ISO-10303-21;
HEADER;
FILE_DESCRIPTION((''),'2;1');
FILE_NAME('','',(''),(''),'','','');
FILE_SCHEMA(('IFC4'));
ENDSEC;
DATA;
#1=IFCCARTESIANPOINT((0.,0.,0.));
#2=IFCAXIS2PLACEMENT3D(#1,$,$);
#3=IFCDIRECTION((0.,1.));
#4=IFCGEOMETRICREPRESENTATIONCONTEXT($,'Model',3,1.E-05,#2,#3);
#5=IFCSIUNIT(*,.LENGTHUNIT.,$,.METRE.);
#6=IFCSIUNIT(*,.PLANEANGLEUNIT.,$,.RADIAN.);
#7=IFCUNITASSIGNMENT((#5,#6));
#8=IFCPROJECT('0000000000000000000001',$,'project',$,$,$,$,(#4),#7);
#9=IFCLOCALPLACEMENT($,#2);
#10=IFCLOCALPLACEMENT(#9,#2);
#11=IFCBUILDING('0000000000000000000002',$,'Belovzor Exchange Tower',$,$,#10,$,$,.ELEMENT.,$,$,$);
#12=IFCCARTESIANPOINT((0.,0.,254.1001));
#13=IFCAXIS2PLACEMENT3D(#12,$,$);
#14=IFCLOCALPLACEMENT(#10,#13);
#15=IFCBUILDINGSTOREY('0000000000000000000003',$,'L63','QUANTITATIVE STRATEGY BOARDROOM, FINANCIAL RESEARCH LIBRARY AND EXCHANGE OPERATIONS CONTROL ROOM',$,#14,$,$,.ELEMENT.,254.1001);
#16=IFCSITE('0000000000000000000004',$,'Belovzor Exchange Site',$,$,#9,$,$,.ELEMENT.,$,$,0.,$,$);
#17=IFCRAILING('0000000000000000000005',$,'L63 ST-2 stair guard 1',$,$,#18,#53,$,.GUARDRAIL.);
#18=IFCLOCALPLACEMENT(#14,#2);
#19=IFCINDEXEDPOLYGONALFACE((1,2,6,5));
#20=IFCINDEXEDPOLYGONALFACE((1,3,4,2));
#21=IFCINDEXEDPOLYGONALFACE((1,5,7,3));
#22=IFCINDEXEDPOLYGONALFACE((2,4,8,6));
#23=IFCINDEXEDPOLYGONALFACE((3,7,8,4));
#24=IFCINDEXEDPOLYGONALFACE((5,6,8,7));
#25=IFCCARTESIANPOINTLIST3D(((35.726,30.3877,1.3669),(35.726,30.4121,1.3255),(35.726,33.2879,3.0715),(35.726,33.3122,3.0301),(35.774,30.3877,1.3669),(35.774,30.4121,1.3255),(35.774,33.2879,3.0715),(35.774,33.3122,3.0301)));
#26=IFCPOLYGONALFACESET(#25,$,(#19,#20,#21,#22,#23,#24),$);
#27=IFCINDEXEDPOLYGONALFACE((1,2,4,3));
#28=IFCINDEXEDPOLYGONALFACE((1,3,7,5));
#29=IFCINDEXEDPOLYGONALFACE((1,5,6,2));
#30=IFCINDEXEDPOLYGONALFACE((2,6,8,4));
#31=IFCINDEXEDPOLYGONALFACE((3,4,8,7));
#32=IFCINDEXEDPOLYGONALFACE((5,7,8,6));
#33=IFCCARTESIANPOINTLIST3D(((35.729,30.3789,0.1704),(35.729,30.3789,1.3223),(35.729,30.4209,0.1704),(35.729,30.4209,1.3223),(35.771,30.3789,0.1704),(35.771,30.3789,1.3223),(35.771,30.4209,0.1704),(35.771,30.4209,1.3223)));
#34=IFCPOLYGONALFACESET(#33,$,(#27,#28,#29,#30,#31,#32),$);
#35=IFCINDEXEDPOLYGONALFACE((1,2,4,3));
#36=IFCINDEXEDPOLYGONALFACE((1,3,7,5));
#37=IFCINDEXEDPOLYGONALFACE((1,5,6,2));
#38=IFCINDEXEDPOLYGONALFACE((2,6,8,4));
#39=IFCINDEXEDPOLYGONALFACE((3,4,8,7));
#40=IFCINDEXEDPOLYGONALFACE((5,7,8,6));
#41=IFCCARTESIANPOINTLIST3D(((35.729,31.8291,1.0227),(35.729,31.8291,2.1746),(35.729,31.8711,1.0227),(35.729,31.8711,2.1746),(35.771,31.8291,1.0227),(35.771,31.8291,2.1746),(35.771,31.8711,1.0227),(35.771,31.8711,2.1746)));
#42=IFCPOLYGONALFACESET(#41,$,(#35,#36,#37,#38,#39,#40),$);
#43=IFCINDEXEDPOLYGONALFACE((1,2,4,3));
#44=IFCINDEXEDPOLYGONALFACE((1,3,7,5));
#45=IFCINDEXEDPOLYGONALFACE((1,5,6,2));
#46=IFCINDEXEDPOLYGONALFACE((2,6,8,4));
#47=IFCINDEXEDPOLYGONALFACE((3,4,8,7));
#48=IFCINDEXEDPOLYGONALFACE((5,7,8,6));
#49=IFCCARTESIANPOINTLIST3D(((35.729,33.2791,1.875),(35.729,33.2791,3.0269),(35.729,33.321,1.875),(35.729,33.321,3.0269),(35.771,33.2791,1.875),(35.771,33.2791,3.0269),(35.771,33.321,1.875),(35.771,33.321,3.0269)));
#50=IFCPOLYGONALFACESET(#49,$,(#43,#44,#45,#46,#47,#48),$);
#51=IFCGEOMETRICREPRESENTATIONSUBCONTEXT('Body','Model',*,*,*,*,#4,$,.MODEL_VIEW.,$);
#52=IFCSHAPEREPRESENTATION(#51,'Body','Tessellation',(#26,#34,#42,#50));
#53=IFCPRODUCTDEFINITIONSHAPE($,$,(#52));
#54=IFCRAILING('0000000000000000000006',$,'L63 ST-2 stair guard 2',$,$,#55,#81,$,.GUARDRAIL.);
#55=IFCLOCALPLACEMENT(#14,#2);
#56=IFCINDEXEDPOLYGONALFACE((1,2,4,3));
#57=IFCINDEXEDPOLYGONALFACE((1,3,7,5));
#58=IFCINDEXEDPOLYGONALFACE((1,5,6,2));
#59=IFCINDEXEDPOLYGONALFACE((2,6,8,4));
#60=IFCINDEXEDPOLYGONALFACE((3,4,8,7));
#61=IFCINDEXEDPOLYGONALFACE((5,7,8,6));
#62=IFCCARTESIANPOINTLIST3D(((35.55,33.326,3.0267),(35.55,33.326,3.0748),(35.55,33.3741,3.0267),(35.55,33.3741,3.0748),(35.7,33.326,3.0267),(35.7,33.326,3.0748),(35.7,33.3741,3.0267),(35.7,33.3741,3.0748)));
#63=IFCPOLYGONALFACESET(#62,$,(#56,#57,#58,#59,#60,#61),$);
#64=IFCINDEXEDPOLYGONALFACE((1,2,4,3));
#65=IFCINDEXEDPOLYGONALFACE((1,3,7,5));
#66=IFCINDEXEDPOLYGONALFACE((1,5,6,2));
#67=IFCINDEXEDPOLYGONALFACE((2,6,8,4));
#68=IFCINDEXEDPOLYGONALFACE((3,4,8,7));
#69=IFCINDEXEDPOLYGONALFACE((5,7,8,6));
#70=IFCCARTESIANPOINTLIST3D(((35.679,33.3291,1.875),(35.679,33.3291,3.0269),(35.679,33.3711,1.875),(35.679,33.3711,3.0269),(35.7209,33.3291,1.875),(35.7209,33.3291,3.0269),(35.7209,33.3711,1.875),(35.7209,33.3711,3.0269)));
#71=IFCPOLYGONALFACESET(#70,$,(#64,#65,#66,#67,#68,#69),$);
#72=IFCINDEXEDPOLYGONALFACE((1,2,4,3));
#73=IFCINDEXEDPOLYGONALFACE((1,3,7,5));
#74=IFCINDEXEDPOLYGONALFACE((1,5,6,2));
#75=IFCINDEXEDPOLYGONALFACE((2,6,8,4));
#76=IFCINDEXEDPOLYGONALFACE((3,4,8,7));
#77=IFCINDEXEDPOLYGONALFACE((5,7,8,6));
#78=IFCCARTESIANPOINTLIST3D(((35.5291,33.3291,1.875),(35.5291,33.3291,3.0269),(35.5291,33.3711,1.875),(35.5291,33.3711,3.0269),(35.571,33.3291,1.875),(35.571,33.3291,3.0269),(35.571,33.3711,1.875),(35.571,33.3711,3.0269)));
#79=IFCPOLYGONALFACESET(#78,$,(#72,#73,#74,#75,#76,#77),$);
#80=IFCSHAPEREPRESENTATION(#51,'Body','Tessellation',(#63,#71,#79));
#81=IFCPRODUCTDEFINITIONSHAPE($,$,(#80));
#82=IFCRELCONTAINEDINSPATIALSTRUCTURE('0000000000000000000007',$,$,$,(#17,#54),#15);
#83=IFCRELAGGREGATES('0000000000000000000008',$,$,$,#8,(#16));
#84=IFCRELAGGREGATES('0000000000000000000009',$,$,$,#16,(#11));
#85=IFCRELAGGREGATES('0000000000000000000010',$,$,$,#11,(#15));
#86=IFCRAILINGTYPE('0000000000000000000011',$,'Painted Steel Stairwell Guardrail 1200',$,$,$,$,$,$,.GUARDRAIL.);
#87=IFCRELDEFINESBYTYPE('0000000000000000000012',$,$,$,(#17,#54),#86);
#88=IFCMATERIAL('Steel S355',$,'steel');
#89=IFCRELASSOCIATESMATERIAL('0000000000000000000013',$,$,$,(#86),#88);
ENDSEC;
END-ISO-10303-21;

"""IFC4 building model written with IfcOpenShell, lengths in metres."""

from ifc_helpers import new_model, si_unit, direction, frame, origin, origin_2d, place, context, subcontext, project, spatial, rectangle, extrude, material, type_object, element, save


model = new_model("IFC4")

# Units and contexts
model_context = context("Model", 3, precision=1e-05, world=origin(), true_north=direction((0.0, 1.0)))
body_context = subcontext(model_context, "Body", "Model", "MODEL_VIEW")
ifc_project = project(units=[si_unit("LENGTHUNIT", "METRE"), si_unit("PLANEANGLEUNIT", "RADIAN")], contexts=[model_context])

# Site, building, storey
site_placement = place(None, origin())
site = spatial("IfcSite", under=ifc_project, at=site_placement, Name="Belovzor Exchange Site", CompositionType="ELEMENT", RefElevation=0.0)
building_placement = place(site_placement, origin())
building = spatial("IfcBuilding", under=site, at=building_placement, Name="Belovzor Exchange Tower", CompositionType="ELEMENT")
storey_placement = place(building_placement, frame((0.0, 0.0, 254.1001)))
storey = spatial("IfcBuildingStorey", under=building, at=storey_placement, Name="L63", Description="QUANTITATIVE STRATEGY BOARDROOM, FINANCIAL RESEARCH LIBRARY AND EXCHANGE OPERATIONS CONTROL ROOM", CompositionType="ELEMENT", Elevation=254.1001)

# Railings
ifc_material_1 = material(Name="Steel S355", Category="steel")
railing_type_1 = type_object("IfcRailingType", Name="Painted Steel Stairwell Guardrail 1200", PredefinedType="GUARDRAIL", material=ifc_material_1)
railing_1_placement = place(storey_placement, frame((35.75, 30.3999, 0.1704)))
element("IfcRailing", 1, at=railing_1_placement, inside=storey, type_object=railing_type_1, Name="L63 ST-2 stair guard 1", PredefinedType="GUARDRAIL", context=body_context, shape_type="SweptSolid", body=[
    extrude(rectangle(XDim=0.0481, YDim=0.0481, at=origin_2d()), frame((0.0, 0.0, 1.1758), z_axis=(0.0, 0.862113, 0.506716), x_axis=(-1.0, 0.0, 0.0)), (0.0, 0.0, 1.0), 3.364),
    extrude(rectangle(XDim=0.042, YDim=0.042, at=origin_2d()), origin(), (0.0, 0.0, 1.0), 1.1519),
    extrude(rectangle(XDim=0.042, YDim=0.042, at=origin_2d()), frame((0.0, 1.4502, 0.8523)), (0.0, 0.0, 1.0), 1.1519),
    extrude(rectangle(XDim=0.042, YDim=0.042, at=origin_2d()), frame((0.0, 2.9001, 1.7046)), (0.0, 0.0, 1.0), 1.1519),
])
railing_2_placement = place(storey_placement, frame((35.7, 33.3501, 1.875)))
element("IfcRailing", 2, at=railing_2_placement, inside=storey, type_object=railing_type_1, Name="L63 ST-2 stair guard 2", PredefinedType="GUARDRAIL", context=body_context, shape_type="SweptSolid", body=[
    extrude(rectangle(XDim=0.0481, YDim=0.0481, at=origin_2d()), frame((0.0, 0.0, 1.1758), z_axis=(-1.0, 0.0, 0.0), x_axis=(0.0, -1.0, 0.0)), (0.0, 0.0, 1.0), 0.1499),
    extrude(rectangle(XDim=0.042, YDim=0.042, at=origin_2d()), origin(), (0.0, 0.0, 1.0), 1.1519),
    extrude(rectangle(XDim=0.042, YDim=0.042, at=origin_2d()), frame((-0.1499, 0.0, 0.0)), (0.0, 0.0, 1.0), 1.1519),
])

save(model, "model.ifc")
